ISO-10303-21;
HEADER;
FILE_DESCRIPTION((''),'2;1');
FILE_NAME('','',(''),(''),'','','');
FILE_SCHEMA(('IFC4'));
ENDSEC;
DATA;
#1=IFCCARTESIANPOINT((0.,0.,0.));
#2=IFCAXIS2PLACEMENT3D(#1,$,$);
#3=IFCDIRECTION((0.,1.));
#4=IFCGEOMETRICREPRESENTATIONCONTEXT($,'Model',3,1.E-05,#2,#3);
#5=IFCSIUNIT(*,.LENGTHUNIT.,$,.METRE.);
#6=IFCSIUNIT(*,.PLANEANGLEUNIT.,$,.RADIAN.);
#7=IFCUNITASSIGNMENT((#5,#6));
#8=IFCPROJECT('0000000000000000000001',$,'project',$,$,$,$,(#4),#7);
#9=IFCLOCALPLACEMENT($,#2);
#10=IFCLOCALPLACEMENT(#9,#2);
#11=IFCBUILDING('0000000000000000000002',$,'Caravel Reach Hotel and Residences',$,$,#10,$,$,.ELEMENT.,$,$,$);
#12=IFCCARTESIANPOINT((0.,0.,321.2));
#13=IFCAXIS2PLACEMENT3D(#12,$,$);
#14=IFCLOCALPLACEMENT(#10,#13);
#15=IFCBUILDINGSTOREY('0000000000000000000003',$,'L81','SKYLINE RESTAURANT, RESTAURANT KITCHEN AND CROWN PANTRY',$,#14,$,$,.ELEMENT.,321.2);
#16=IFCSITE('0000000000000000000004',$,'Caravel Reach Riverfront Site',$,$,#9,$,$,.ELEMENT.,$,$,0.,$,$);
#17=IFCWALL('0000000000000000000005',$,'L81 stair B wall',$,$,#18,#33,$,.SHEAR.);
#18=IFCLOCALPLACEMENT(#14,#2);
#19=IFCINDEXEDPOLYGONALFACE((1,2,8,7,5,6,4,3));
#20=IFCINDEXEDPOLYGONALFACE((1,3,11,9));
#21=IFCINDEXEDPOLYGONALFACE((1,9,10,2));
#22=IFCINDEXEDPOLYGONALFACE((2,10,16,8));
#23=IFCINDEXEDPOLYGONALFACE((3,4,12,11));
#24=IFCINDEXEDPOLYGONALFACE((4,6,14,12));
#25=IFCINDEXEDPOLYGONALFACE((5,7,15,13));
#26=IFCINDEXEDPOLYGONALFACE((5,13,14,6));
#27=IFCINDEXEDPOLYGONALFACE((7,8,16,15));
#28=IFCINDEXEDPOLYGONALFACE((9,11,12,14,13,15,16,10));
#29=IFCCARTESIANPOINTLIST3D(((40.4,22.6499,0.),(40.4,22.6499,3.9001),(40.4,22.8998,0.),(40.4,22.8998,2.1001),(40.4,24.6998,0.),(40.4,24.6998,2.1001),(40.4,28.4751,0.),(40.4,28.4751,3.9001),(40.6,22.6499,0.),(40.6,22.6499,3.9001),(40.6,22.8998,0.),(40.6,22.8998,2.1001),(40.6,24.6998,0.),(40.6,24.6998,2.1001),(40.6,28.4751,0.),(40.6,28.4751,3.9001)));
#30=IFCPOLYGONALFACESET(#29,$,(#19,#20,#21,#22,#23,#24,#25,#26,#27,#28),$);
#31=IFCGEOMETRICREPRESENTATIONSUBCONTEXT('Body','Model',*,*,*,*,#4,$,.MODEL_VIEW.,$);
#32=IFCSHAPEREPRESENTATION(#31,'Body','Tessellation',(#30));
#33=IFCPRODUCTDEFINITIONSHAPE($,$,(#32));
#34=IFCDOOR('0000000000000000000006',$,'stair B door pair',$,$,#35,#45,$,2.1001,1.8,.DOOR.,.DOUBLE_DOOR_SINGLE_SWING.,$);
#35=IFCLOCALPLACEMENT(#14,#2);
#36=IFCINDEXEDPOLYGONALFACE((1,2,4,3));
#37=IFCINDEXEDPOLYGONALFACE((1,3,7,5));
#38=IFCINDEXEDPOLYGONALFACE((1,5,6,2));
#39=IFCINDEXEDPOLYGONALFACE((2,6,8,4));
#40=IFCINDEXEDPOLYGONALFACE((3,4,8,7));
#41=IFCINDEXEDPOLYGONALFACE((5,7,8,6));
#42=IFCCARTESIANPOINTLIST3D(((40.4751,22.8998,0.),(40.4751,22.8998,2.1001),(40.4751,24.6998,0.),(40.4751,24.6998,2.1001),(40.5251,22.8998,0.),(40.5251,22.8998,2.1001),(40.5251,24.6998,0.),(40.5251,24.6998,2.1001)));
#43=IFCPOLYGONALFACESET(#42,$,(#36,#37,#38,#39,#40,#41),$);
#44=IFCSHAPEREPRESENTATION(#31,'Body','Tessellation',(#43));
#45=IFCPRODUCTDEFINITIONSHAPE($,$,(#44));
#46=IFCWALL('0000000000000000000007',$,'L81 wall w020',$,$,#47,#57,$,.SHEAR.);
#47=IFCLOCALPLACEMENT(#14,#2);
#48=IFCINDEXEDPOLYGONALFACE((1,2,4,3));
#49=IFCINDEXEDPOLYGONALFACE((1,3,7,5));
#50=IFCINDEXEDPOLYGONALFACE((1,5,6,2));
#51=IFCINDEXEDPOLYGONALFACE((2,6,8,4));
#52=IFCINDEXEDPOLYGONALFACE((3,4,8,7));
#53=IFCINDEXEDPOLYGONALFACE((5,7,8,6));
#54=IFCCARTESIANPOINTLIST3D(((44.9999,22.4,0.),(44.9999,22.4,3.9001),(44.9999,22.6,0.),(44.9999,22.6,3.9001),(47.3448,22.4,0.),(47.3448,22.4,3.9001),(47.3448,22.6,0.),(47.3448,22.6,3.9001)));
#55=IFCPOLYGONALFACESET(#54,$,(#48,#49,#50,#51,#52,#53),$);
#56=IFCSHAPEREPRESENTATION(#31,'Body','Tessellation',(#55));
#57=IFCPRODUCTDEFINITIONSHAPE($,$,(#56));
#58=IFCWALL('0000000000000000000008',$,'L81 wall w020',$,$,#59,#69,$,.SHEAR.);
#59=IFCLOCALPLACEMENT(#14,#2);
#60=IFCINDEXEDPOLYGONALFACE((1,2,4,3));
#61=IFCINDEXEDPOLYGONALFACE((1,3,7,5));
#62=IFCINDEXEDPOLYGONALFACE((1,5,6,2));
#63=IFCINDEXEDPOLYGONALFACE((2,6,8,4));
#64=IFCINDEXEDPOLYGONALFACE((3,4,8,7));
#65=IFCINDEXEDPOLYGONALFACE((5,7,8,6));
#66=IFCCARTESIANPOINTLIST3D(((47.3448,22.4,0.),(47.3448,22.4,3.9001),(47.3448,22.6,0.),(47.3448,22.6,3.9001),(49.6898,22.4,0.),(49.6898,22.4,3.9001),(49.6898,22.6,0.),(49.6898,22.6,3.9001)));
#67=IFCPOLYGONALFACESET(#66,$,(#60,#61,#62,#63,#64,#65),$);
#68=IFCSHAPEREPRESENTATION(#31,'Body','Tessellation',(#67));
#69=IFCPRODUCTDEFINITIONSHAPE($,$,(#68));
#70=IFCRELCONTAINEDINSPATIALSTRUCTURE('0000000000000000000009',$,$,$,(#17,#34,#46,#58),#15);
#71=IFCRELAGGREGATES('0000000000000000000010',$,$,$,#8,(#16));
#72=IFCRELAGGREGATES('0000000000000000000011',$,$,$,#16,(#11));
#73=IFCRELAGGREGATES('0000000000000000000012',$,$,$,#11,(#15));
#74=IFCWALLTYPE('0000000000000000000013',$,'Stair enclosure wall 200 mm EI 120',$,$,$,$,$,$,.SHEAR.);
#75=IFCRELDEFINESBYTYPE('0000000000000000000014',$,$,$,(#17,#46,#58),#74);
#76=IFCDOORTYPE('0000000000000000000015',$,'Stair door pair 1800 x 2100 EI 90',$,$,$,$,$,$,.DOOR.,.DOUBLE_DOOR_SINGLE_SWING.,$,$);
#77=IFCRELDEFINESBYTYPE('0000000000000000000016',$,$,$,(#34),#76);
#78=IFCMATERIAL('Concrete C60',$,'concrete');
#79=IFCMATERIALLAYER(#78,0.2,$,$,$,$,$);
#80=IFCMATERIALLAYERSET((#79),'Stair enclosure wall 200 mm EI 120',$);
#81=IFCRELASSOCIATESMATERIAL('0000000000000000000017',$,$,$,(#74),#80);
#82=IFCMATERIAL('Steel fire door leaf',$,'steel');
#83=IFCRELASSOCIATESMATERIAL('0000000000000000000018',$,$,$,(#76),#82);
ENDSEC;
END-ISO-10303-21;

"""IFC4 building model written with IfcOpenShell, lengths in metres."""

from ifc_helpers import new_model, si_unit, direction, frame, frame_2d, origin, place, context, subcontext, project, spatial, rectangle, extrude, material, layer, layer_set, type_object, element, fill, save


model = new_model("IFC4")

# Units and contexts
model_context = context("Model", 3, precision=1e-05, world=origin(), true_north=direction((0.0, 1.0)))
body_context = subcontext(model_context, "Body", "Model", "MODEL_VIEW")
ifc_project = project(units=[si_unit("LENGTHUNIT", "METRE"), si_unit("PLANEANGLEUNIT", "RADIAN")], contexts=[model_context])

# Site, building, storey
site_placement = place(None, origin())
site = spatial("IfcSite", under=ifc_project, at=site_placement, Name="Caravel Reach Riverfront Site", CompositionType="ELEMENT", RefElevation=0.0)
building_placement = place(site_placement, origin())
building = spatial("IfcBuilding", under=site, at=building_placement, Name="Caravel Reach Hotel and Residences", CompositionType="ELEMENT")
storey_placement = place(building_placement, frame((0.0, 0.0, 321.2)))
storey = spatial("IfcBuildingStorey", under=building, at=storey_placement, Name="L81", Description="SKYLINE RESTAURANT, RESTAURANT KITCHEN AND CROWN PANTRY", CompositionType="ELEMENT", Elevation=321.2)

# Wall, opening, door
ifc_material_1 = material(Name="Concrete C60", Category="concrete")
ifc_layer_1 = layer(ifc_material_1, 0.2)
ifc_layer_set_1 = layer_set([ifc_layer_1], Name="Stair enclosure wall 200 mm EI 120")
wall_type_1 = type_object("IfcWallType", Name="Stair enclosure wall 200 mm EI 120", PredefinedType="SHEAR", material=ifc_layer_set_1)
wall_1_placement = place(storey_placement, frame((40.5, 22.6499, 0.0), z_axis=(0.0, 0.0, 1.0), x_axis=(0.0, 1.0, 0.0)))
wall_1 = element("IfcWall", 1, at=wall_1_placement, inside=storey, type_object=wall_type_1, Name="L81 stair B wall", PredefinedType="SHEAR", context=body_context, shape_type="SweptSolid", body=[
    extrude(rectangle(XDim=5.8252, YDim=0.2, at=frame_2d((2.9126, 0.0))), origin(), (0.0, 0.0, 1.0), 3.9001),
])
opening_1_placement = place(wall_1_placement, frame((0.25, 0.0, 0.0)))
opening_1 = element("IfcOpeningElement", 2, at=opening_1_placement, cuts=wall_1, PredefinedType="OPENING", context=body_context, shape_type="SweptSolid", body=[
    extrude(rectangle(XDim=1.8, YDim=2.1001, at=frame_2d((0.8999, 1.05))), frame((0.0, 0.1099, 0.0), z_axis=(0.0, -1.0, 0.0), x_axis=(1.0, 0.0, 0.0)), (0.0, 0.0, 1.0), 0.22),
])
ifc_material_2 = material(Name="Steel fire door leaf", Category="steel")
door_type_1 = type_object("IfcDoorType", Name="Stair door pair 1800 x 2100 EI 90", OperationType="DOUBLE_DOOR_SINGLE_SWING", PredefinedType="DOOR", material=ifc_material_2)
door_1_placement = place(opening_1_placement, origin())
door_1 = element("IfcDoor", 3, at=door_1_placement, inside=storey, type_object=door_type_1, Name="stair B door pair", OperationType="DOUBLE_DOOR_SINGLE_SWING", OverallHeight=2.1001, OverallWidth=1.8, PredefinedType="DOOR", context=body_context, shape_type="SweptSolid", body=[
    extrude(rectangle(XDim=1.8, YDim=2.1001, at=frame_2d((0.8999, 1.05))), frame((0.0, 0.0249, 0.0), z_axis=(0.0, -1.0, 0.0), x_axis=(1.0, 0.0, 0.0)), (0.0, 0.0, 1.0), 0.05),
])
fill(opening_1, door_1)

# Walls
for number, where, z_axis, x_axis, name in (
    (4, (45.0, 22.5, 0.0), (0.0, 0.0, 1.0), (1.0, 0.0, 0.0), "L81 wall w020"),
    (5, (47.345, 22.5, 0.0), (0.0, 0.0, 1.0), (1.0, 0.0, 0.0), "L81 wall w020"),
):
    element("IfcWall", number, at=place(storey_placement, frame(where, z_axis=z_axis, x_axis=x_axis)), inside=storey, type_object=wall_type_1, Name=name, PredefinedType="SHEAR", context=body_context, shape_type="SweptSolid", body=[
        extrude(rectangle(XDim=2.345, YDim=0.2, at=frame_2d((1.1724, 0.0))), origin(), (0.0, 0.0, 1.0), 3.9001),
    ])

save(model, "model.ifc")
